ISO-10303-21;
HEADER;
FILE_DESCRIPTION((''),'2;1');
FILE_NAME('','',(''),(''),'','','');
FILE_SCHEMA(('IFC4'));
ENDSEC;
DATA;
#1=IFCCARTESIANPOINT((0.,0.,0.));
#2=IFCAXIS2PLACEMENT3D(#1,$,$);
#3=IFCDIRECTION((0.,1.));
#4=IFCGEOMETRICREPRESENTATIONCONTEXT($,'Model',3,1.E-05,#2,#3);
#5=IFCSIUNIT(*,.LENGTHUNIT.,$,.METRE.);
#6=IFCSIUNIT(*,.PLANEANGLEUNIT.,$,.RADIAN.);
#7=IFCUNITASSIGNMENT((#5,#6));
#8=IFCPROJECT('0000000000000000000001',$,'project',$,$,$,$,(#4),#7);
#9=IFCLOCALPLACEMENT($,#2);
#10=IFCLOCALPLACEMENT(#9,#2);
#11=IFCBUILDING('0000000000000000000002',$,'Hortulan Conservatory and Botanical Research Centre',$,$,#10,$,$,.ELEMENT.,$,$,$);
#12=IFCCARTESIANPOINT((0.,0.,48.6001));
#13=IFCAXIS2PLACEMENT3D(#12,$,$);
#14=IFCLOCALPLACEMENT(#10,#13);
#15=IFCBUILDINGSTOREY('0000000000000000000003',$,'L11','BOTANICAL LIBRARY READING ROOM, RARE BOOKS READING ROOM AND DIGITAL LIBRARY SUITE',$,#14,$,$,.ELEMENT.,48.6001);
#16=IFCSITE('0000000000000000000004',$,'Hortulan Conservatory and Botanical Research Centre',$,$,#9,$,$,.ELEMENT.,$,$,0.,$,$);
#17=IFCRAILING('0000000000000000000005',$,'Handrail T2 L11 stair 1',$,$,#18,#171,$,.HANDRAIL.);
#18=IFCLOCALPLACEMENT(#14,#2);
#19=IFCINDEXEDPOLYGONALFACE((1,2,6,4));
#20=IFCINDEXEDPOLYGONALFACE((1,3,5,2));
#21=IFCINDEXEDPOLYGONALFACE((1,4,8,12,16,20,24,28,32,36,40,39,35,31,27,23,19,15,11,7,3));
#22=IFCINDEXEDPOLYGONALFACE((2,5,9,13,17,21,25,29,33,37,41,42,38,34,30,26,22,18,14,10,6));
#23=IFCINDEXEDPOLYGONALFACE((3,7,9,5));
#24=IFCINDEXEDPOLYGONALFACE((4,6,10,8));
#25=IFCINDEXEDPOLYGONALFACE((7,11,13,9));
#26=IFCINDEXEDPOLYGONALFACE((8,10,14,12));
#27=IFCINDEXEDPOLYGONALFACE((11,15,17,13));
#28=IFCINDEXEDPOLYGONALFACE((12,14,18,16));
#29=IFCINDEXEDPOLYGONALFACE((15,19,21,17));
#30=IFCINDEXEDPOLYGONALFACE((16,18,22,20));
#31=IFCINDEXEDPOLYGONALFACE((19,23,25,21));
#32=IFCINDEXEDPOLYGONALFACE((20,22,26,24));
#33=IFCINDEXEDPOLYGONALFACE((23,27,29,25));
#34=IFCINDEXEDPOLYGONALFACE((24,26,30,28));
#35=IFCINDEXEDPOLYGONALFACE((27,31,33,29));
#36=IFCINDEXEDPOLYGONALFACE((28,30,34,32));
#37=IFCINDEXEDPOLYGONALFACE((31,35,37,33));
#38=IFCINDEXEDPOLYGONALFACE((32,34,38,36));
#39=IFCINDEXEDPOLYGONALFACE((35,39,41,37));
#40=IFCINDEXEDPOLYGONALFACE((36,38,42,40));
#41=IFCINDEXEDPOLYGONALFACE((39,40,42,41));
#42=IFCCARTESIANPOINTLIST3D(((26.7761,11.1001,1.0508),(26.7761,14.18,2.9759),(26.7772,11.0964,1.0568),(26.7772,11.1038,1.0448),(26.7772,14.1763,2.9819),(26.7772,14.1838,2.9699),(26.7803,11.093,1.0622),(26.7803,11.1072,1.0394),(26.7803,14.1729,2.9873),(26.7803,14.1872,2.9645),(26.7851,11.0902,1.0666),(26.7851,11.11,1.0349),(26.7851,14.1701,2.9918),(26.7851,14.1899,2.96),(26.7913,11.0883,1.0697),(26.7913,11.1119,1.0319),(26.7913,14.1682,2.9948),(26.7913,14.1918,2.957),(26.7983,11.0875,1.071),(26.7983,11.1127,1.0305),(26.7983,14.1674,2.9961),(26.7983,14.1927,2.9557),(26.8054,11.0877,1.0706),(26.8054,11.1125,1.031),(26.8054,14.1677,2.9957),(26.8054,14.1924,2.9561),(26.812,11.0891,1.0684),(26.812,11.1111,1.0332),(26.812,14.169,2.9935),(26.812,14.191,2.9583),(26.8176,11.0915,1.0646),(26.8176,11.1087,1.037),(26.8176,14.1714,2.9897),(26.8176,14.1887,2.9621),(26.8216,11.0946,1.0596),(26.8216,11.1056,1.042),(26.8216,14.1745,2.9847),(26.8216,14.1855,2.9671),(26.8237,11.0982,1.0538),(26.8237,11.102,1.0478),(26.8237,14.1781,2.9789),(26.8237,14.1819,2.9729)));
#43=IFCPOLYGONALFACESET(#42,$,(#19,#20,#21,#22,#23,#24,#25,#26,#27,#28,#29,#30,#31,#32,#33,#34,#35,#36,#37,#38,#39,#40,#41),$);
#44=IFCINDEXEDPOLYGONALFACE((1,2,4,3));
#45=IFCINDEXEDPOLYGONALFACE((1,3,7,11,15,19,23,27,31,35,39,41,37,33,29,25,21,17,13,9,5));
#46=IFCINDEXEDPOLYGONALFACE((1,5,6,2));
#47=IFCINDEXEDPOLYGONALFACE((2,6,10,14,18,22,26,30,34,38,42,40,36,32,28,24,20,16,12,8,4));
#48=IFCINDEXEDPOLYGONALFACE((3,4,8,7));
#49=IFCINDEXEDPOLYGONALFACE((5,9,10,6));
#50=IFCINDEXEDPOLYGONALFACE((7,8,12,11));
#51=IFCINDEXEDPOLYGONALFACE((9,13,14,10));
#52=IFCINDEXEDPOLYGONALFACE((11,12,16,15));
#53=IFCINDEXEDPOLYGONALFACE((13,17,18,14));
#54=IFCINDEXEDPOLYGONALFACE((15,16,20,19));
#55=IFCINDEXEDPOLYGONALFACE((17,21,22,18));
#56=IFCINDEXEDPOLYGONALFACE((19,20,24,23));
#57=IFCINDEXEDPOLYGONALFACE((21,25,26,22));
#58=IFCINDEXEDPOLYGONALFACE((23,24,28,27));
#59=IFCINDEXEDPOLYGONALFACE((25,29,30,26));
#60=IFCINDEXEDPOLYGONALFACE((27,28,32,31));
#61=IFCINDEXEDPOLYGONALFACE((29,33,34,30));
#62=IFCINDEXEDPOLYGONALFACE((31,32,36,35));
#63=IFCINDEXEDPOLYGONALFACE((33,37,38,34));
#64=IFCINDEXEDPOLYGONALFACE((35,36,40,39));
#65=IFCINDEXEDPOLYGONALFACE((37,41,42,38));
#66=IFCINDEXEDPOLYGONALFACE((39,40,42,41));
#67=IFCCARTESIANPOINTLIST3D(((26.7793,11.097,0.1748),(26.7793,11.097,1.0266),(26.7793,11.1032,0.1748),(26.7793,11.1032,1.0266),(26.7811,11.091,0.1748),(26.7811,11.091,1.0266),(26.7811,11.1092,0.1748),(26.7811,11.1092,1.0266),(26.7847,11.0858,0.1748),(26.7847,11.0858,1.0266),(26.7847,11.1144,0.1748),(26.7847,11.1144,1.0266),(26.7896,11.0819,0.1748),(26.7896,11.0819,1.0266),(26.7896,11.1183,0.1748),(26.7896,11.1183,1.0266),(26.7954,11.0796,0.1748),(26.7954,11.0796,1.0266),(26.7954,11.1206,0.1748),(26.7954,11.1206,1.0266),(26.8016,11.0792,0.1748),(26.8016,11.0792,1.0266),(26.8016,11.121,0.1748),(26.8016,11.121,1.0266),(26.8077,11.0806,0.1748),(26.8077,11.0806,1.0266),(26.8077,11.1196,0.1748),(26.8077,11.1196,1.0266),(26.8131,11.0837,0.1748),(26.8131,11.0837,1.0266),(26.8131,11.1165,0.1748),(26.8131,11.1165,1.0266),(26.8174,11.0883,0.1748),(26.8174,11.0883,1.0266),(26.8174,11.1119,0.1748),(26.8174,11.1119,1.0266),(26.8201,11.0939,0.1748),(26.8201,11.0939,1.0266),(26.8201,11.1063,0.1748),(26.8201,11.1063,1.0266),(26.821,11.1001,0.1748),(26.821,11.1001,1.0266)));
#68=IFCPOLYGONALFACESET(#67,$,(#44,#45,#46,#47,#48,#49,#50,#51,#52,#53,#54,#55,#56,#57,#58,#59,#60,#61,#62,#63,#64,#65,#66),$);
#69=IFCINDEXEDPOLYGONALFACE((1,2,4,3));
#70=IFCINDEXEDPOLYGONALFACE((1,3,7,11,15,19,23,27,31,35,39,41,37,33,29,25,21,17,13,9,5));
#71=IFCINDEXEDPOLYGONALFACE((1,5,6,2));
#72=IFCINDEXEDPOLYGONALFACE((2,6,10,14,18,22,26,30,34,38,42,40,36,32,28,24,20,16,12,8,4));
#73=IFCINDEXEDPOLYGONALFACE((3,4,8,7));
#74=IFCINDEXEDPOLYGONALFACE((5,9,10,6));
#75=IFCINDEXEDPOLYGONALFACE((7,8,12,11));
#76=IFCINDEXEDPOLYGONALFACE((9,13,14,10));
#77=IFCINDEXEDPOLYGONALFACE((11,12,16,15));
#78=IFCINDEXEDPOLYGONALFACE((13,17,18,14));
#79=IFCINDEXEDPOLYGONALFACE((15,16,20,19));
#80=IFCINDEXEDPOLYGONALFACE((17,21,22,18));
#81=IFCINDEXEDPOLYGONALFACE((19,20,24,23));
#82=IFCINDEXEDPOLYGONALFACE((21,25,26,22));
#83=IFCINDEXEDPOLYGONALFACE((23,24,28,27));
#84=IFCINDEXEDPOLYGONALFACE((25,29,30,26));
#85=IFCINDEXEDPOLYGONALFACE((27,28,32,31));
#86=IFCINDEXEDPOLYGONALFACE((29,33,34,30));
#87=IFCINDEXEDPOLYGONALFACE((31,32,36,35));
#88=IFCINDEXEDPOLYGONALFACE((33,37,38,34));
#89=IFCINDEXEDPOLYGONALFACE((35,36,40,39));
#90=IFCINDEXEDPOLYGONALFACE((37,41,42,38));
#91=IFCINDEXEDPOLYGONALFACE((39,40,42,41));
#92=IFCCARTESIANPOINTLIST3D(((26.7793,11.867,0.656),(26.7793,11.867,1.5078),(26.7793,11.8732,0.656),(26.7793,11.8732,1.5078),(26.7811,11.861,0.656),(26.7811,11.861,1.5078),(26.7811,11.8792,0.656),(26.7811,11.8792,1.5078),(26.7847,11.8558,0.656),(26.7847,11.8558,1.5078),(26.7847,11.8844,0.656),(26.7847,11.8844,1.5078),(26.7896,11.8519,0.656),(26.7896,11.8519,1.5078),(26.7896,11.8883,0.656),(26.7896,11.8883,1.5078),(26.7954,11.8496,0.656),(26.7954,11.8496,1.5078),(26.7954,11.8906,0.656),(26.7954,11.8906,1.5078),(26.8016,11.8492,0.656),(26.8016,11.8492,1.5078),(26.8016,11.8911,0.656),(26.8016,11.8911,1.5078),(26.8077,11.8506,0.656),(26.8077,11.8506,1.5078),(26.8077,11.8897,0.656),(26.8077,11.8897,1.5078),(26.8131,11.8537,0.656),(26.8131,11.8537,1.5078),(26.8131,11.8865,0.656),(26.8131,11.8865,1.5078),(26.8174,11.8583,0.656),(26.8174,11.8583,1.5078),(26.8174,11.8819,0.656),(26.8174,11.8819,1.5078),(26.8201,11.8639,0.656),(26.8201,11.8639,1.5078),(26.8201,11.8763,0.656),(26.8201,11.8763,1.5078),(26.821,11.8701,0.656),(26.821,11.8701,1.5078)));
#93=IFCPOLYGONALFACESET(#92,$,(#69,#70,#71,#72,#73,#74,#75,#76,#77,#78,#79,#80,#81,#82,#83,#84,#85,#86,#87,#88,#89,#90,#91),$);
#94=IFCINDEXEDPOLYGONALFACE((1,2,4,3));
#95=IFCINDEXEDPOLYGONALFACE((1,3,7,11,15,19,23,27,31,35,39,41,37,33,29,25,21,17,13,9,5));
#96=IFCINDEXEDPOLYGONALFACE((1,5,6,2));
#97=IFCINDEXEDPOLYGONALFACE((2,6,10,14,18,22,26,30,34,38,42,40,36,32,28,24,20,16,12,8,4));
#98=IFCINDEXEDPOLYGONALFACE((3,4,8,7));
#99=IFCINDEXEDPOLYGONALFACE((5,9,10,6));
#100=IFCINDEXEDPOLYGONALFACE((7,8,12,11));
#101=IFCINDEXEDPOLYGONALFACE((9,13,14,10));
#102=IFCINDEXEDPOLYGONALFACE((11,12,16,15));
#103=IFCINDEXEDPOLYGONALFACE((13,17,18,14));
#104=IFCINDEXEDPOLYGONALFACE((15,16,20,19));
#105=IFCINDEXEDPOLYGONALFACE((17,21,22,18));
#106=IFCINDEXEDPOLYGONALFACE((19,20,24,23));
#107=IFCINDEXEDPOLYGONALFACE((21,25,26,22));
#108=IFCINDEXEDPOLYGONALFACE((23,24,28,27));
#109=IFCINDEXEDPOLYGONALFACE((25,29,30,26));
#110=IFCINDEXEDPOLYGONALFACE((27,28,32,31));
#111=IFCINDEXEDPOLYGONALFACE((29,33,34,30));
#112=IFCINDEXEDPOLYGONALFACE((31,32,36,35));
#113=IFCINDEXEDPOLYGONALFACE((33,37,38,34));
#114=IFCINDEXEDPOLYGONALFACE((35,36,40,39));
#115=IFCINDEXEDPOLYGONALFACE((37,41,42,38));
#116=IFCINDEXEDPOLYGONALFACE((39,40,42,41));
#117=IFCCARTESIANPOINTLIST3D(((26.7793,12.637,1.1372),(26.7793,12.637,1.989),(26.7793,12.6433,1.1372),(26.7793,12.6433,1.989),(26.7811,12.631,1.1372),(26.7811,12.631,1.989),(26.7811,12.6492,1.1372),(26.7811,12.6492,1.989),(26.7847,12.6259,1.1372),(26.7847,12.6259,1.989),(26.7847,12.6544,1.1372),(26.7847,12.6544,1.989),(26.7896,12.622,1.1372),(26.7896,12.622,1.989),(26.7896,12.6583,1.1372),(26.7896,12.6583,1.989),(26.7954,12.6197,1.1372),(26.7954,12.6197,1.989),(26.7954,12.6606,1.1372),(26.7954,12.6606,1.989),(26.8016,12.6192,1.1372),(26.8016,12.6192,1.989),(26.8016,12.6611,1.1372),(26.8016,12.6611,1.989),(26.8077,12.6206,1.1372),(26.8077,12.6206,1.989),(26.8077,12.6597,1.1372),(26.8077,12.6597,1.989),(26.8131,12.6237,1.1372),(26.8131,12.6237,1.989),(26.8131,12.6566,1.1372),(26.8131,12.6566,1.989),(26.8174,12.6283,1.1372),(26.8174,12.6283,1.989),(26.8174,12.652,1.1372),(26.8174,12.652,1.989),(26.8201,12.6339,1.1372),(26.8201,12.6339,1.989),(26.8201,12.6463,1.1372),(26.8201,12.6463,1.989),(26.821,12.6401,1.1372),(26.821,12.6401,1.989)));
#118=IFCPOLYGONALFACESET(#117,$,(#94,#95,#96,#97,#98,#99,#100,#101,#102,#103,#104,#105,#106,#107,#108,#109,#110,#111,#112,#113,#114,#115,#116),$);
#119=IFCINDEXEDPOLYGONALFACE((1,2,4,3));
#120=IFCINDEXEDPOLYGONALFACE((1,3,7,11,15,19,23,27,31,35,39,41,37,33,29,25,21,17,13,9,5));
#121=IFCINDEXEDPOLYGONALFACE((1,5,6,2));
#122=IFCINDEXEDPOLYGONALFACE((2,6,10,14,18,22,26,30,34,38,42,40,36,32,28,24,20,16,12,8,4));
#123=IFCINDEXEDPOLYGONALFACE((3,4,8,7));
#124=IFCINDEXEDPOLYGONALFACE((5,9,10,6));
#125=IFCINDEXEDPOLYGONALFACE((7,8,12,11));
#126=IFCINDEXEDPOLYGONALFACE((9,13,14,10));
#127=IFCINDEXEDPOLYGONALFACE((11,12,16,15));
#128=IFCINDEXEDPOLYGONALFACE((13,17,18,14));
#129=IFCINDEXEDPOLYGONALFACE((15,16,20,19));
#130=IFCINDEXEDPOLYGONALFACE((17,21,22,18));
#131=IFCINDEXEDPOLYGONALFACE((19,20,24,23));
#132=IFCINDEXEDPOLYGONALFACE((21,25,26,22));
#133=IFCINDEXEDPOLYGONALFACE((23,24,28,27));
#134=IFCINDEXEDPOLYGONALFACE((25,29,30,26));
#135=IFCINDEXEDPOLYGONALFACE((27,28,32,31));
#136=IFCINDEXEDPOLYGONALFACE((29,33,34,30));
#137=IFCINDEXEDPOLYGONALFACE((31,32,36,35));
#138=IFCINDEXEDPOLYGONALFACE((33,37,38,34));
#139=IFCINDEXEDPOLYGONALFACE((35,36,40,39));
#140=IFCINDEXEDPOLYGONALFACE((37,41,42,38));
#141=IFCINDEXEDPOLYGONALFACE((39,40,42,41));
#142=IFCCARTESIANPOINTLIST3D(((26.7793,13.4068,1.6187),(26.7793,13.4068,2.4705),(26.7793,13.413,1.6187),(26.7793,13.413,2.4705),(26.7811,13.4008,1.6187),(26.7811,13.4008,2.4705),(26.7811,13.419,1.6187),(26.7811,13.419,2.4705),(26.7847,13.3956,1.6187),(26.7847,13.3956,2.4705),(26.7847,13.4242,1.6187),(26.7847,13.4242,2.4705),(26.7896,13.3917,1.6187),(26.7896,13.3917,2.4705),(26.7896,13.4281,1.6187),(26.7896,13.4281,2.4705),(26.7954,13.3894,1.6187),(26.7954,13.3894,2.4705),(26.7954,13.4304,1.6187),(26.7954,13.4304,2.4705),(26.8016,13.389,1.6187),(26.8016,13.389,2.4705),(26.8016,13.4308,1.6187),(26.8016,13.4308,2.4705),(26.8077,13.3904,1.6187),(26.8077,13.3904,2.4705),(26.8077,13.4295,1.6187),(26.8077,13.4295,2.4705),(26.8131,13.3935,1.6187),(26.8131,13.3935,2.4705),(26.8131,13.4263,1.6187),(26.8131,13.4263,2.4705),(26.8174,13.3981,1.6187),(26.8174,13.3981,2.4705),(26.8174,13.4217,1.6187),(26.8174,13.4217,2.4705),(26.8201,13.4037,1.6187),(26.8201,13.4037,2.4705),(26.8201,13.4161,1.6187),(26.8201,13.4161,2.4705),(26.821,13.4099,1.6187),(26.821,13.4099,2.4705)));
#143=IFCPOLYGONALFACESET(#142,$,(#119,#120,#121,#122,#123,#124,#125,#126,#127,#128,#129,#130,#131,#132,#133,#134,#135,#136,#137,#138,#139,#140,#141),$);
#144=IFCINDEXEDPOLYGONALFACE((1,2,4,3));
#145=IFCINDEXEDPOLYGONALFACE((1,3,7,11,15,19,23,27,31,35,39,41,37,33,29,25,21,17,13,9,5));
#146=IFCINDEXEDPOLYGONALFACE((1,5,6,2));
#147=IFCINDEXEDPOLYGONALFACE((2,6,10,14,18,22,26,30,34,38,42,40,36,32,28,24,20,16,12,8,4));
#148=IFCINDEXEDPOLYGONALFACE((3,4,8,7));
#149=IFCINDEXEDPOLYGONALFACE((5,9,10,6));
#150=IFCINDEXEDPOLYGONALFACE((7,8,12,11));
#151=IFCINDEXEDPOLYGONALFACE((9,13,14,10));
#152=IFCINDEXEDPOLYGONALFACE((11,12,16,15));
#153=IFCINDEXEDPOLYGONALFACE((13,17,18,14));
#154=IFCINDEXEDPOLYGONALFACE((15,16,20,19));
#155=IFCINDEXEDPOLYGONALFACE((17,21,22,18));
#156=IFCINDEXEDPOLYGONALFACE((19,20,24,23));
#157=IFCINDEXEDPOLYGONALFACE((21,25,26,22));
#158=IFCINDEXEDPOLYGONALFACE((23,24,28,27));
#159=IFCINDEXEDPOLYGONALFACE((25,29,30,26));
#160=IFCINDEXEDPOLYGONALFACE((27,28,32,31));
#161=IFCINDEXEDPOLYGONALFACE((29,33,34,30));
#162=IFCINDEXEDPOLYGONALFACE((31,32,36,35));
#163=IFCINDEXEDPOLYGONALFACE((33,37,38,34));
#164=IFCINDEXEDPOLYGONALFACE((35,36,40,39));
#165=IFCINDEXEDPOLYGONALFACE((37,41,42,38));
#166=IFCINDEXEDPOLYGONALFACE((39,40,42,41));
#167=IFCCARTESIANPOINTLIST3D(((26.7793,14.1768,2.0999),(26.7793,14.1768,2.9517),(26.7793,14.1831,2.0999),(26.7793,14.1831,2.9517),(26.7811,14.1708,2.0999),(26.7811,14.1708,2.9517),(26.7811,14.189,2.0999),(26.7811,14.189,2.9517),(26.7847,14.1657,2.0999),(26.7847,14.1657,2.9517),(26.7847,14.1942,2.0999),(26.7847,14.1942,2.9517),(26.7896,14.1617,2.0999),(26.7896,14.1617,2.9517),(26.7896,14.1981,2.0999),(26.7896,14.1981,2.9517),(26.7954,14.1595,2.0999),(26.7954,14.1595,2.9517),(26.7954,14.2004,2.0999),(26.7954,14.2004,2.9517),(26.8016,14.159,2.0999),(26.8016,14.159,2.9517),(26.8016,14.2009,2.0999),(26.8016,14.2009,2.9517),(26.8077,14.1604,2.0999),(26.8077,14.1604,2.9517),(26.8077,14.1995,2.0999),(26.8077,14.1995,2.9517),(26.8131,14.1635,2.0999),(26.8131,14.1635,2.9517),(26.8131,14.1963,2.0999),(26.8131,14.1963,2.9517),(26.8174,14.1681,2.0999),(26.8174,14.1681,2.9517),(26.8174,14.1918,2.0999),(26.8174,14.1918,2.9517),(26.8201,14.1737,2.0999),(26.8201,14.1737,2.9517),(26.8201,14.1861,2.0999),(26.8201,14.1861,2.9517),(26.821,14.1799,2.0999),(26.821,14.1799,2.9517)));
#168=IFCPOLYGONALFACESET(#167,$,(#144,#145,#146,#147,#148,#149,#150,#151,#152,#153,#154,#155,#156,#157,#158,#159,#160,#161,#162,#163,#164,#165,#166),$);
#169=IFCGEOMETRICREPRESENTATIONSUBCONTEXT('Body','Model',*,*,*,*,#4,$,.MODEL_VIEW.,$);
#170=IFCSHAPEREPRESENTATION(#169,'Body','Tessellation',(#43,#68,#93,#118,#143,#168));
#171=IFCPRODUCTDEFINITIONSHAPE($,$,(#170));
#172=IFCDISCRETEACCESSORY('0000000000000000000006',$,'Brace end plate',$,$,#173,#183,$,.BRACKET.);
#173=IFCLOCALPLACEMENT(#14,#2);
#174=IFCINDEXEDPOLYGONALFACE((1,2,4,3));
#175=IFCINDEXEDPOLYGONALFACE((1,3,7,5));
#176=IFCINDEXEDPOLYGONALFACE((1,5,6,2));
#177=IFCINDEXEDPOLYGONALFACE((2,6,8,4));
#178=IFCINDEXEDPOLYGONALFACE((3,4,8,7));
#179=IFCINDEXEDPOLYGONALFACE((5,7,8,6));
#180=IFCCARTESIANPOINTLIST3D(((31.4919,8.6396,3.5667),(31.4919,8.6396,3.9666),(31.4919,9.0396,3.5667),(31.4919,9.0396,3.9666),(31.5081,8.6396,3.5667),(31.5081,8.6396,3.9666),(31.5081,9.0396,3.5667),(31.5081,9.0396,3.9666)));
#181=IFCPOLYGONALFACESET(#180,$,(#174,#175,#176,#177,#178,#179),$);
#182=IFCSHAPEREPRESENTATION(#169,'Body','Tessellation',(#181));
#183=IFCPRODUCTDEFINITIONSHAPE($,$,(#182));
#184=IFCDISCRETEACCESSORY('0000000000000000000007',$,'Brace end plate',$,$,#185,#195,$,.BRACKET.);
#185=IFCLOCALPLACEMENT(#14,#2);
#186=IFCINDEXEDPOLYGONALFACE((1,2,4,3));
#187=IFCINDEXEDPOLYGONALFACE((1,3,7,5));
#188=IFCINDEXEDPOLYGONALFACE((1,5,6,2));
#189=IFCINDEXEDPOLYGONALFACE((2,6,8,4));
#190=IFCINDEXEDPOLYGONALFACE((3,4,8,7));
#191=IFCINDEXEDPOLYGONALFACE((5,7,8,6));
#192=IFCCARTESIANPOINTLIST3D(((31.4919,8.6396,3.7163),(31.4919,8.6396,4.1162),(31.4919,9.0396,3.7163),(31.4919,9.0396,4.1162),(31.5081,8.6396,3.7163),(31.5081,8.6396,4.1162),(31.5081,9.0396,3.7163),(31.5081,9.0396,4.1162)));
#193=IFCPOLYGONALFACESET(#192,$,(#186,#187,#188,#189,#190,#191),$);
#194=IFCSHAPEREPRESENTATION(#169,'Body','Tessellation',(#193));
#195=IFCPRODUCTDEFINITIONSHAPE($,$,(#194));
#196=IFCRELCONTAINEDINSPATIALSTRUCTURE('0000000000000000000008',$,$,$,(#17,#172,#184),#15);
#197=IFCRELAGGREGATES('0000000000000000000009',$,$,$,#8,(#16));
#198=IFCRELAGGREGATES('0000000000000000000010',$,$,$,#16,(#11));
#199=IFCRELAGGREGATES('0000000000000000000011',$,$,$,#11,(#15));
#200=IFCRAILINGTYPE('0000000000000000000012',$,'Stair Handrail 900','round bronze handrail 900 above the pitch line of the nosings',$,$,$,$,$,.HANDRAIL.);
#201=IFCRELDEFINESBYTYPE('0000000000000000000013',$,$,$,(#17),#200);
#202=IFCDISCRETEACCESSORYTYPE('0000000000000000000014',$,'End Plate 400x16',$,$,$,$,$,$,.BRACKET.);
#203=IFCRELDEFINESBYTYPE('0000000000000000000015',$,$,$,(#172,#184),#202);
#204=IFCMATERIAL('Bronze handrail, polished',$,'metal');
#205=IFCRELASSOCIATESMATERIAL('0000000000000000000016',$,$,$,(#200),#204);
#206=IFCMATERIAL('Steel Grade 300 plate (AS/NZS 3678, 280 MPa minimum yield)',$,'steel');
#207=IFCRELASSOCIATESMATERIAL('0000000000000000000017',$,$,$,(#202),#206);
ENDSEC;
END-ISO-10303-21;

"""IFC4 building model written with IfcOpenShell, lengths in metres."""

from ifc_helpers import new_model, si_unit, direction, frame, origin, origin_2d, place, context, subcontext, project, spatial, rectangle, circle, extrude, material, type_object, element, save


model = new_model("IFC4")

# Units and contexts
model_context = context("Model", 3, precision=1e-05, world=origin(), true_north=direction((0.0, 1.0)))
body_context = subcontext(model_context, "Body", "Model", "MODEL_VIEW")
ifc_project = project(units=[si_unit("LENGTHUNIT", "METRE"), si_unit("PLANEANGLEUNIT", "RADIAN")], contexts=[model_context])

# Site, building, storey
site_placement = place(None, origin())
site = spatial("IfcSite", under=ifc_project, at=site_placement, Name="Hortulan Conservatory and Botanical Research Centre", CompositionType="ELEMENT", RefElevation=0.0)
building_placement = place(site_placement, origin())
building = spatial("IfcBuilding", under=site, at=building_placement, Name="Hortulan Conservatory and Botanical Research Centre", CompositionType="ELEMENT")
storey_placement = place(building_placement, frame((0.0, 0.0, 48.6001)))
storey = spatial("IfcBuildingStorey", under=building, at=storey_placement, Name="L11", Description="BOTANICAL LIBRARY READING ROOM, RARE BOOKS READING ROOM AND DIGITAL LIBRARY SUITE", CompositionType="ELEMENT", Elevation=48.6001)

# Railing
ifc_material_1 = material(Name="Bronze handrail, polished", Category="metal")
railing_type = type_object("IfcRailingType", Name="Stair Handrail 900", Description="round bronze handrail 900 above the pitch line of the nosings", PredefinedType="HANDRAIL", material=ifc_material_1)
railing_placement = place(storey_placement, frame((26.8, 11.1001, 0.1748)))
element("IfcRailing", 1, at=railing_placement, inside=storey, type_object=railing_type, Name="Handrail T2 L11 stair 1", PredefinedType="HANDRAIL", context=body_context, shape_type="SweptSolid", body=[
    extrude(circle(Radius=0.0239, at=origin_2d()), frame((0.0, 0.0, 0.876), z_axis=(0.0, 0.847979, 0.530029), x_axis=(-1.0, 0.0, 0.0)), (0.0, 0.0, 1.0), 3.6321),
    extrude(circle(Radius=0.021, at=origin_2d()), origin(), (0.0, 0.0, 1.0), 0.8518),
    extrude(circle(Radius=0.021, at=origin_2d()), frame((0.0, 0.77, 0.4812)), (0.0, 0.0, 1.0), 0.8518),
    extrude(circle(Radius=0.021, at=origin_2d()), frame((0.0, 1.54, 0.9624)), (0.0, 0.0, 1.0), 0.8518),
    extrude(circle(Radius=0.021, at=origin_2d()), frame((0.0, 2.3098, 1.4438)), (0.0, 0.0, 1.0), 0.8518),
    extrude(circle(Radius=0.021, at=origin_2d()), frame((0.0, 3.0798, 1.925)), (0.0, 0.0, 1.0), 0.8518),
])

# Discrete accessories
ifc_material_2 = material(Name="Steel Grade 300 plate (AS/NZS 3678, 280 MPa minimum yield)", Category="steel")
discrete_accessory_type = type_object("IfcDiscreteAccessoryType", Name="End Plate 400x16", PredefinedType="BRACKET", material=ifc_material_2)
for number, where, z_axis, x_axis, name in (
    (2, (31.5, 8.8396, 3.5667), (0.0, 0.0, 1.0), (0.0, -1.0, 0.0), "Brace end plate"),
    (3, (31.5, 8.8396, 3.7163), (0.0, 0.0, 1.0), (0.0, -1.0, 0.0), "Brace end plate"),
):
    element("IfcDiscreteAccessory", number, at=place(storey_placement, frame(where, z_axis=z_axis, x_axis=x_axis)), inside=storey, type_object=discrete_accessory_type, Name=name, PredefinedType="BRACKET", context=body_context, shape_type="SweptSolid", body=[
        extrude(rectangle(XDim=0.3999, YDim=0.0161, at=origin_2d()), origin(), (0.0, 0.0, 1.0), 0.3999),
    ])

save(model, "model.ifc")
